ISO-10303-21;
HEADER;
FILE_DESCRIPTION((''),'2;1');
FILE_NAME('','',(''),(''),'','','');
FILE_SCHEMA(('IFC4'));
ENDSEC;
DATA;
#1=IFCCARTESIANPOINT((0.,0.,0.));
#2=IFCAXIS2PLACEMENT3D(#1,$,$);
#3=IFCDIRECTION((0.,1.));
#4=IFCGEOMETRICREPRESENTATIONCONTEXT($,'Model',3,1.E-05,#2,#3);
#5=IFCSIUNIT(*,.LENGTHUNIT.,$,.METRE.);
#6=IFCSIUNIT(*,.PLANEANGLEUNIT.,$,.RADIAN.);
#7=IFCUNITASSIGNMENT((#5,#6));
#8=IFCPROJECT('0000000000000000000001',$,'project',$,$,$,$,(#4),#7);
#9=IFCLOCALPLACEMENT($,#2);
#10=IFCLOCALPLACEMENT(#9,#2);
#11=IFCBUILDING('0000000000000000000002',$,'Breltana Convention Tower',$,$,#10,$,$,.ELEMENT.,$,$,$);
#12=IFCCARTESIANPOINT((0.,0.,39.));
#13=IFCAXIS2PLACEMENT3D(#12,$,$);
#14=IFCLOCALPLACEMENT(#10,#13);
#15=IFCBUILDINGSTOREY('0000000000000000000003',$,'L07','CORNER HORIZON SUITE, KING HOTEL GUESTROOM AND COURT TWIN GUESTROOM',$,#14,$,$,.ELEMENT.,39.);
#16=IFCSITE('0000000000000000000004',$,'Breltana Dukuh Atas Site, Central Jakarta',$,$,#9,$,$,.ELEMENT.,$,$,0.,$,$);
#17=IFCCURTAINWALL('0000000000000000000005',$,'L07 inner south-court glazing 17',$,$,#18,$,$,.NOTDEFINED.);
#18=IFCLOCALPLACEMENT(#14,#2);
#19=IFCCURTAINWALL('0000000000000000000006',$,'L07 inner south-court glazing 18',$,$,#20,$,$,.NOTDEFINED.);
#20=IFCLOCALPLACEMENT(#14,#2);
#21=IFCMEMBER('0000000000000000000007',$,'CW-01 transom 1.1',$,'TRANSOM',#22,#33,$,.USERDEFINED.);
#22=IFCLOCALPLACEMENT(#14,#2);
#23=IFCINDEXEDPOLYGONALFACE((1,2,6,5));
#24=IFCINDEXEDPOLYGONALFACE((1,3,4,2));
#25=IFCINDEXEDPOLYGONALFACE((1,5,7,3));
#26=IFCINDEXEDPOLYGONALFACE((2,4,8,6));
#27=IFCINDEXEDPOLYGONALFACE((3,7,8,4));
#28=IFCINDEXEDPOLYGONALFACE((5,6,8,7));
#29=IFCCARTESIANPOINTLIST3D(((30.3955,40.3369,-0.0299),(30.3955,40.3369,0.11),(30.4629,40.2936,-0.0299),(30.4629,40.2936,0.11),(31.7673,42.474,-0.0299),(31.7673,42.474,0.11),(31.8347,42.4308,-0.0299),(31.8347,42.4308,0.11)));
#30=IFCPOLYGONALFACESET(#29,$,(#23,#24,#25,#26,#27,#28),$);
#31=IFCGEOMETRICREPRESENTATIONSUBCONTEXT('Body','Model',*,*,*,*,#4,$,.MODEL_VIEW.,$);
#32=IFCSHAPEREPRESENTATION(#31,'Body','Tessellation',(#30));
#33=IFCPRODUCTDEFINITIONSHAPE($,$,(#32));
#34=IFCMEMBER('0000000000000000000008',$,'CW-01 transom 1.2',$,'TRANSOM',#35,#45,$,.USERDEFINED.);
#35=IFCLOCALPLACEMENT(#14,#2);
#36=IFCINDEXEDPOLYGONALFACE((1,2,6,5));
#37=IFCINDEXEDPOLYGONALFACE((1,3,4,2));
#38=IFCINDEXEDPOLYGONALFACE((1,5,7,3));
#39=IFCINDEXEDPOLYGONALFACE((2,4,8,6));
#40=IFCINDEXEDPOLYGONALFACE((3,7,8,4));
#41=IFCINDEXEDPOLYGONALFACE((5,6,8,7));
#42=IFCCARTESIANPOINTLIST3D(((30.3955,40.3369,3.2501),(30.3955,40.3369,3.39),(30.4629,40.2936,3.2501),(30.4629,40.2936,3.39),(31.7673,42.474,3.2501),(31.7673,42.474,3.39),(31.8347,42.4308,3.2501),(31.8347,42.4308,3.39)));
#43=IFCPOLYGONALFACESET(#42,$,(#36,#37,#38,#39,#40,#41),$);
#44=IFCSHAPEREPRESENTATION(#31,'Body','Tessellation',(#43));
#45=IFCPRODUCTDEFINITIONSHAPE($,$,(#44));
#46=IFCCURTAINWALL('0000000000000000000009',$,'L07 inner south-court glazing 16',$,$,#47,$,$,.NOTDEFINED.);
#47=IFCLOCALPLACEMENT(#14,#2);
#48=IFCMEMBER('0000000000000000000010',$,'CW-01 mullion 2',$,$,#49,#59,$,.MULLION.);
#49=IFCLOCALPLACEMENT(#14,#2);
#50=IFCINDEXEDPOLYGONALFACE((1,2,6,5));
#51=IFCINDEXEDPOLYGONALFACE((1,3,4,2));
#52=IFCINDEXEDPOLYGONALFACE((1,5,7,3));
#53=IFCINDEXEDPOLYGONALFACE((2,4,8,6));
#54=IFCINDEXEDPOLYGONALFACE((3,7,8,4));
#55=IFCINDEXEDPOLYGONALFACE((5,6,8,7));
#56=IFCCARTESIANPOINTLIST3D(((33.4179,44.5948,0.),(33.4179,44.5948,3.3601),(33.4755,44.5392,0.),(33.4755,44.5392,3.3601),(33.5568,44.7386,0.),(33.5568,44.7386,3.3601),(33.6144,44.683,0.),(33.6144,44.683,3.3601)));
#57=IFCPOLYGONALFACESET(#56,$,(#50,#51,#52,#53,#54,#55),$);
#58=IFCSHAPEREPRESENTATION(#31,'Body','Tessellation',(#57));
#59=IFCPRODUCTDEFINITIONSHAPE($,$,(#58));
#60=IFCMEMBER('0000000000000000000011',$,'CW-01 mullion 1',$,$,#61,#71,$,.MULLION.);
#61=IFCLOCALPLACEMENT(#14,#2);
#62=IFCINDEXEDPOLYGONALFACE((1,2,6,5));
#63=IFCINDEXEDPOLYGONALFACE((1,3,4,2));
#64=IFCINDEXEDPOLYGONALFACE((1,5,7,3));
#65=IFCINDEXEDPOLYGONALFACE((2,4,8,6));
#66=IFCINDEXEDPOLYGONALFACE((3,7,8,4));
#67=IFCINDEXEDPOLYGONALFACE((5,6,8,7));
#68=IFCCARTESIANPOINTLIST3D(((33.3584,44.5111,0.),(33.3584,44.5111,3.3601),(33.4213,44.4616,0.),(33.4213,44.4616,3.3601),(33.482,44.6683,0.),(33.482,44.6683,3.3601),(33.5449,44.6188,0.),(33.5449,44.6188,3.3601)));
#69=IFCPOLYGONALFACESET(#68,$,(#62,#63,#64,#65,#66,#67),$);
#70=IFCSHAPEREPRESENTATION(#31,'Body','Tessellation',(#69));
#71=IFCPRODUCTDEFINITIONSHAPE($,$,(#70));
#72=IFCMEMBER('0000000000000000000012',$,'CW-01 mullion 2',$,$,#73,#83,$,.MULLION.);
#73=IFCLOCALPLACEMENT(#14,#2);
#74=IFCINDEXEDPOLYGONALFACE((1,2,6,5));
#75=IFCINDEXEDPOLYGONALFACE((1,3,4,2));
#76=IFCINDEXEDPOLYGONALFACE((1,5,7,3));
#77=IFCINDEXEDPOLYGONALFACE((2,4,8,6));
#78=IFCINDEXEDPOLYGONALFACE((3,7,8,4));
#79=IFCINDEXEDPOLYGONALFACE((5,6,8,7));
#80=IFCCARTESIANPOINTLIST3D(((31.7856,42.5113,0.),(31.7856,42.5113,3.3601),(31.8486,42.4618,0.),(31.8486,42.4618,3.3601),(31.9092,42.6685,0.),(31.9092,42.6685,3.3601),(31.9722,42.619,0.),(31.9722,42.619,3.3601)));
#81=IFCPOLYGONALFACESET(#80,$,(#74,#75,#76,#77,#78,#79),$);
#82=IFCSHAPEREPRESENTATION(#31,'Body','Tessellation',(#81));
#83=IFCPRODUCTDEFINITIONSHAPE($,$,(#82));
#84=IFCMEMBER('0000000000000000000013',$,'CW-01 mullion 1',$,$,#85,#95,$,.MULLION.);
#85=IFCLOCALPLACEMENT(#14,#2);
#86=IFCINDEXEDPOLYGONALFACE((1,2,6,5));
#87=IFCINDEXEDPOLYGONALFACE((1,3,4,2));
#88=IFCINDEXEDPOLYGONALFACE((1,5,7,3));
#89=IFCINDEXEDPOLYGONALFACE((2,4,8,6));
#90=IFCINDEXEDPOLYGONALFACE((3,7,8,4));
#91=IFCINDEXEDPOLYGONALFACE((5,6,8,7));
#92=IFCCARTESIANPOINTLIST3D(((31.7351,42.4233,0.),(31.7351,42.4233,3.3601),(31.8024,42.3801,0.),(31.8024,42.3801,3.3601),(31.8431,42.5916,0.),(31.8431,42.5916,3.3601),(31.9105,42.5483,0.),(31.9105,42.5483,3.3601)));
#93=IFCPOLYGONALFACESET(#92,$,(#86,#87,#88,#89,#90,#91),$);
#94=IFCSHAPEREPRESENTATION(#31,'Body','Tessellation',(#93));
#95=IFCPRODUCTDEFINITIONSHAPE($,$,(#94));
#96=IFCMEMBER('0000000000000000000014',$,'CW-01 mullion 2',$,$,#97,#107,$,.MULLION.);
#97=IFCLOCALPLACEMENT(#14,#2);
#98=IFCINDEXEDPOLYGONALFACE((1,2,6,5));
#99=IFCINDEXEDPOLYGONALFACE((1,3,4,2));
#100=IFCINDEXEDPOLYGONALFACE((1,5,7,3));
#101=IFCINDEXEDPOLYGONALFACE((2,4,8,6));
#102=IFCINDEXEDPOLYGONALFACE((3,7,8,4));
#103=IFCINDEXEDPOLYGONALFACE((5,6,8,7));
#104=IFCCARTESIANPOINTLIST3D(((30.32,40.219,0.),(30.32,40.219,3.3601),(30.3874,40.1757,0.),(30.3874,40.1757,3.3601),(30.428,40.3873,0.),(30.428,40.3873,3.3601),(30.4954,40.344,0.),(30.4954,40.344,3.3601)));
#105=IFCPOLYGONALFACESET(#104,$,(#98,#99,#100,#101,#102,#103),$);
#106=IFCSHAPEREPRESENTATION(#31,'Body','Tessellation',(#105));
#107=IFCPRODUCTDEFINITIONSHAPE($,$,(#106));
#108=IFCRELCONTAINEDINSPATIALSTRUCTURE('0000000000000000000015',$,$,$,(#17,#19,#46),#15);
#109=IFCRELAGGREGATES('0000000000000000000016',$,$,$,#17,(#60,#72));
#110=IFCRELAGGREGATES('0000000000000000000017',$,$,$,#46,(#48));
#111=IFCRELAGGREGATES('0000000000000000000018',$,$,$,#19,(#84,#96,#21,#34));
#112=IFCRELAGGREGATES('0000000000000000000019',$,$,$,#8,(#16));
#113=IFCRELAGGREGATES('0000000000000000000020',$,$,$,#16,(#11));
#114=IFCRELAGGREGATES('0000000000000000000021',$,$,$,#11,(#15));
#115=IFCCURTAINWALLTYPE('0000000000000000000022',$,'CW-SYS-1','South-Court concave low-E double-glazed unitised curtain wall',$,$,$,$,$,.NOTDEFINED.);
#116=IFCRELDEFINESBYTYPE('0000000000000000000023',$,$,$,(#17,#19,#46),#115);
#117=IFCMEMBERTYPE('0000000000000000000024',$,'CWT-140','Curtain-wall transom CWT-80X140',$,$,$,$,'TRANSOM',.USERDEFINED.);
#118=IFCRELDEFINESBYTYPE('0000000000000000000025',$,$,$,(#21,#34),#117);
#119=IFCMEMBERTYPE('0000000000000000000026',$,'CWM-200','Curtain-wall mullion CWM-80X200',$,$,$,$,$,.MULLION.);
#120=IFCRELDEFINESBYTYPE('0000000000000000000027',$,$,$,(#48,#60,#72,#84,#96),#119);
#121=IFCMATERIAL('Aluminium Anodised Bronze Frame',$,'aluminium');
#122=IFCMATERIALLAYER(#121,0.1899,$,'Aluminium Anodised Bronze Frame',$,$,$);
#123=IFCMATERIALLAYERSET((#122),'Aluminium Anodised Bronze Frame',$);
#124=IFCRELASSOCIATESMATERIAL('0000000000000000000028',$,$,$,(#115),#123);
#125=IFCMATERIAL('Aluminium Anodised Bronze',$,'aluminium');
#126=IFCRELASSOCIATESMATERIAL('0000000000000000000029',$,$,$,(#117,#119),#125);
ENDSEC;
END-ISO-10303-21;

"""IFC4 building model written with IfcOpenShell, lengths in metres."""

from ifc_helpers import new_model, si_unit, direction, frame, origin, origin_2d, place, context, subcontext, project, spatial, rectangle, extrude, source, transform, mapped, material, layer, layer_set, material_profile, profile_set, type_object, element, aggregate, save


model = new_model("IFC4")

# Units and contexts
model_context = context("Model", 3, precision=1e-05, world=origin(), true_north=direction((0.0, 1.0)))
body_context = subcontext(model_context, "Body", "Model", "MODEL_VIEW")
ifc_project = project(units=[si_unit("LENGTHUNIT", "METRE"), si_unit("PLANEANGLEUNIT", "RADIAN")], contexts=[model_context])

# Site, building, storey
site_placement = place(None, origin())
site = spatial("IfcSite", under=ifc_project, at=site_placement, Name="Breltana Dukuh Atas Site, Central Jakarta", CompositionType="ELEMENT", RefElevation=0.0)
building_placement = place(site_placement, origin())
building = spatial("IfcBuilding", under=site, at=building_placement, Name="Breltana Convention Tower", CompositionType="ELEMENT")
storey_placement = place(building_placement, frame((0.0, 0.0, 39.0)))
storey = spatial("IfcBuildingStorey", under=building, at=storey_placement, Name="L07", Description="CORNER HORIZON SUITE, KING HOTEL GUESTROOM AND COURT TWIN GUESTROOM", CompositionType="ELEMENT", Elevation=39.0)

# Curtain walls, members
ifc_material_1 = material(Name="Aluminium Anodised Bronze Frame", Category="aluminium")
ifc_layer_1 = layer(ifc_material_1, 0.1899, Name="Aluminium Anodised Bronze Frame")
ifc_layer_set_1 = layer_set([ifc_layer_1], Name="Aluminium Anodised Bronze Frame")
curtain_wall_type = type_object("IfcCurtainWallType", Name="CW-SYS-1", Description="South-Court concave low-E double-glazed unitised curtain wall", PredefinedType="NOTDEFINED", material=ifc_layer_set_1)
curtain_wall_1_placement = place(storey_placement, origin())
curtain_wall_1 = element("IfcCurtainWall", 1, at=curtain_wall_1_placement, inside=storey, type_object=curtain_wall_type, Name="L07 inner south-court glazing 17", PredefinedType="NOTDEFINED")
ifc_material_2 = material(Name="Aluminium Anodised Bronze", Category="aluminium")
ifc_material_profile_1 = material_profile(ifc_material_2, rectangle(XDim=0.0801, YDim=0.1399, at=origin_2d()), Name="CWT-80X140")
ifc_profile_set_1 = profile_set([ifc_material_profile_1], Name="Aluminium Anodised Bronze")
member_type_1 = type_object("IfcMemberType", Name="CWT-140", Description="Curtain-wall transom CWT-80X140", ElementType="TRANSOM", PredefinedType="USERDEFINED", material=ifc_profile_set_1)
curtain_wall_2_placement = place(storey_placement, origin())
curtain_wall_2 = element("IfcCurtainWall", 2, at=curtain_wall_2_placement, inside=storey, type_object=curtain_wall_type, Name="L07 inner south-court glazing 18", PredefinedType="NOTDEFINED")
shared_shape_1 = source(origin(), body_context, "Body", "SweptSolid", [
    extrude(rectangle(XDim=0.0801, YDim=0.1399, at=origin_2d()), origin(), (0.0, 0.0, 1.0), 2.5396),
])
member_1_placement = place(storey_placement, frame((31.801, 42.4524, 0.04), z_axis=(-0.540174, -0.841553, 0.0), x_axis=(0.841553, -0.540174, 0.0)))
member_1 = element("IfcMember", 3, at=member_1_placement, type_object=member_type_1, Name="CW-01 transom 1.1", ObjectType="TRANSOM", PredefinedType="USERDEFINED", context=body_context, shape_type="MappedRepresentation", body=[
    mapped(shared_shape_1, transform((0.0, 0.0, 0.0), scale=1.0)),
])
member_2_placement = place(storey_placement, frame((31.801, 42.4524, 3.3201), z_axis=(-0.540174, -0.841553, 0.0), x_axis=(0.841553, -0.540174, 0.0)))
member_2 = element("IfcMember", 4, at=member_2_placement, type_object=member_type_1, Name="CW-01 transom 1.2", ObjectType="TRANSOM", PredefinedType="USERDEFINED", context=body_context, shape_type="MappedRepresentation", body=[
    mapped(shared_shape_1, transform((0.0, 0.0, 0.0), scale=1.0)),
])

# Curtain wall, member
curtain_wall_3_placement = place(storey_placement, origin())
curtain_wall_3 = element("IfcCurtainWall", 5, at=curtain_wall_3_placement, inside=storey, type_object=curtain_wall_type, Name="L07 inner south-court glazing 16", PredefinedType="NOTDEFINED")
ifc_material_profile_2 = material_profile(ifc_material_2, rectangle(XDim=0.0801, YDim=0.2, at=origin_2d()), Name="CWM-80X200")
ifc_profile_set_2 = profile_set([ifc_material_profile_2], Name="Aluminium Anodised Bronze")
member_type_2 = type_object("IfcMemberType", Name="CWM-200", Description="Curtain-wall mullion CWM-80X200", PredefinedType="MULLION", material=ifc_profile_set_2)
shared_shape_2 = source(origin(), body_context, "Body", "SweptSolid", [
    extrude(rectangle(XDim=0.0801, YDim=0.2, at=origin_2d()), origin(), (0.0, 0.0, 1.0), 3.3601),
])
member_3_placement = place(storey_placement, frame((33.5161, 44.6389, 0.0), z_axis=(0.0, 0.0, 1.0), x_axis=(0.719385, -0.694612, 0.0)))
member_3 = element("IfcMember", 6, at=member_3_placement, type_object=member_type_2, Name="CW-01 mullion 2", PredefinedType="MULLION", context=body_context, shape_type="MappedRepresentation", body=[
    mapped(shared_shape_2, transform((0.0, 0.0, 0.0), scale=1.0)),
])

# Members
member_4_placement = place(storey_placement, frame((33.4517, 44.5649, 0.0), z_axis=(0.0, 0.0, 1.0), x_axis=(0.786058, -0.618153, 0.0)))
member_4 = element("IfcMember", 7, at=member_4_placement, type_object=member_type_2, Name="CW-01 mullion 1", PredefinedType="MULLION", context=body_context, shape_type="MappedRepresentation", body=[
    mapped(shared_shape_2, transform((0.0, 0.0, 0.0), scale=1.0)),
])
member_5_placement = place(storey_placement, frame((31.8789, 42.5652, 0.0), z_axis=(0.0, 0.0, 1.0), x_axis=(0.786058, -0.618153, 0.0)))
member_5 = element("IfcMember", 8, at=member_5_placement, type_object=member_type_2, Name="CW-01 mullion 2", PredefinedType="MULLION", context=body_context, shape_type="MappedRepresentation", body=[
    mapped(shared_shape_2, transform((0.0, 0.0, 0.0), scale=1.0)),
])
member_6_placement = place(storey_placement, frame((31.8228, 42.4858, 0.0), z_axis=(0.0, 0.0, 1.0), x_axis=(0.841556, -0.54017, 0.0)))
member_6 = element("IfcMember", 9, at=member_6_placement, type_object=member_type_2, Name="CW-01 mullion 1", PredefinedType="MULLION", context=body_context, shape_type="MappedRepresentation", body=[
    mapped(shared_shape_2, transform((0.0, 0.0, 0.0), scale=1.0)),
])
member_7_placement = place(storey_placement, frame((30.4077, 40.2815, 0.0), z_axis=(0.0, 0.0, 1.0), x_axis=(0.841556, -0.54017, 0.0)))
member_7 = element("IfcMember", 10, at=member_7_placement, type_object=member_type_2, Name="CW-01 mullion 2", PredefinedType="MULLION", context=body_context, shape_type="MappedRepresentation", body=[
    mapped(shared_shape_2, transform((0.0, 0.0, 0.0), scale=1.0)),
])

aggregate(curtain_wall_1, [member_4, member_5])
aggregate(curtain_wall_3, [member_3])
aggregate(curtain_wall_2, [member_6, member_7, member_1, member_2])

save(model, "model.ifc")
